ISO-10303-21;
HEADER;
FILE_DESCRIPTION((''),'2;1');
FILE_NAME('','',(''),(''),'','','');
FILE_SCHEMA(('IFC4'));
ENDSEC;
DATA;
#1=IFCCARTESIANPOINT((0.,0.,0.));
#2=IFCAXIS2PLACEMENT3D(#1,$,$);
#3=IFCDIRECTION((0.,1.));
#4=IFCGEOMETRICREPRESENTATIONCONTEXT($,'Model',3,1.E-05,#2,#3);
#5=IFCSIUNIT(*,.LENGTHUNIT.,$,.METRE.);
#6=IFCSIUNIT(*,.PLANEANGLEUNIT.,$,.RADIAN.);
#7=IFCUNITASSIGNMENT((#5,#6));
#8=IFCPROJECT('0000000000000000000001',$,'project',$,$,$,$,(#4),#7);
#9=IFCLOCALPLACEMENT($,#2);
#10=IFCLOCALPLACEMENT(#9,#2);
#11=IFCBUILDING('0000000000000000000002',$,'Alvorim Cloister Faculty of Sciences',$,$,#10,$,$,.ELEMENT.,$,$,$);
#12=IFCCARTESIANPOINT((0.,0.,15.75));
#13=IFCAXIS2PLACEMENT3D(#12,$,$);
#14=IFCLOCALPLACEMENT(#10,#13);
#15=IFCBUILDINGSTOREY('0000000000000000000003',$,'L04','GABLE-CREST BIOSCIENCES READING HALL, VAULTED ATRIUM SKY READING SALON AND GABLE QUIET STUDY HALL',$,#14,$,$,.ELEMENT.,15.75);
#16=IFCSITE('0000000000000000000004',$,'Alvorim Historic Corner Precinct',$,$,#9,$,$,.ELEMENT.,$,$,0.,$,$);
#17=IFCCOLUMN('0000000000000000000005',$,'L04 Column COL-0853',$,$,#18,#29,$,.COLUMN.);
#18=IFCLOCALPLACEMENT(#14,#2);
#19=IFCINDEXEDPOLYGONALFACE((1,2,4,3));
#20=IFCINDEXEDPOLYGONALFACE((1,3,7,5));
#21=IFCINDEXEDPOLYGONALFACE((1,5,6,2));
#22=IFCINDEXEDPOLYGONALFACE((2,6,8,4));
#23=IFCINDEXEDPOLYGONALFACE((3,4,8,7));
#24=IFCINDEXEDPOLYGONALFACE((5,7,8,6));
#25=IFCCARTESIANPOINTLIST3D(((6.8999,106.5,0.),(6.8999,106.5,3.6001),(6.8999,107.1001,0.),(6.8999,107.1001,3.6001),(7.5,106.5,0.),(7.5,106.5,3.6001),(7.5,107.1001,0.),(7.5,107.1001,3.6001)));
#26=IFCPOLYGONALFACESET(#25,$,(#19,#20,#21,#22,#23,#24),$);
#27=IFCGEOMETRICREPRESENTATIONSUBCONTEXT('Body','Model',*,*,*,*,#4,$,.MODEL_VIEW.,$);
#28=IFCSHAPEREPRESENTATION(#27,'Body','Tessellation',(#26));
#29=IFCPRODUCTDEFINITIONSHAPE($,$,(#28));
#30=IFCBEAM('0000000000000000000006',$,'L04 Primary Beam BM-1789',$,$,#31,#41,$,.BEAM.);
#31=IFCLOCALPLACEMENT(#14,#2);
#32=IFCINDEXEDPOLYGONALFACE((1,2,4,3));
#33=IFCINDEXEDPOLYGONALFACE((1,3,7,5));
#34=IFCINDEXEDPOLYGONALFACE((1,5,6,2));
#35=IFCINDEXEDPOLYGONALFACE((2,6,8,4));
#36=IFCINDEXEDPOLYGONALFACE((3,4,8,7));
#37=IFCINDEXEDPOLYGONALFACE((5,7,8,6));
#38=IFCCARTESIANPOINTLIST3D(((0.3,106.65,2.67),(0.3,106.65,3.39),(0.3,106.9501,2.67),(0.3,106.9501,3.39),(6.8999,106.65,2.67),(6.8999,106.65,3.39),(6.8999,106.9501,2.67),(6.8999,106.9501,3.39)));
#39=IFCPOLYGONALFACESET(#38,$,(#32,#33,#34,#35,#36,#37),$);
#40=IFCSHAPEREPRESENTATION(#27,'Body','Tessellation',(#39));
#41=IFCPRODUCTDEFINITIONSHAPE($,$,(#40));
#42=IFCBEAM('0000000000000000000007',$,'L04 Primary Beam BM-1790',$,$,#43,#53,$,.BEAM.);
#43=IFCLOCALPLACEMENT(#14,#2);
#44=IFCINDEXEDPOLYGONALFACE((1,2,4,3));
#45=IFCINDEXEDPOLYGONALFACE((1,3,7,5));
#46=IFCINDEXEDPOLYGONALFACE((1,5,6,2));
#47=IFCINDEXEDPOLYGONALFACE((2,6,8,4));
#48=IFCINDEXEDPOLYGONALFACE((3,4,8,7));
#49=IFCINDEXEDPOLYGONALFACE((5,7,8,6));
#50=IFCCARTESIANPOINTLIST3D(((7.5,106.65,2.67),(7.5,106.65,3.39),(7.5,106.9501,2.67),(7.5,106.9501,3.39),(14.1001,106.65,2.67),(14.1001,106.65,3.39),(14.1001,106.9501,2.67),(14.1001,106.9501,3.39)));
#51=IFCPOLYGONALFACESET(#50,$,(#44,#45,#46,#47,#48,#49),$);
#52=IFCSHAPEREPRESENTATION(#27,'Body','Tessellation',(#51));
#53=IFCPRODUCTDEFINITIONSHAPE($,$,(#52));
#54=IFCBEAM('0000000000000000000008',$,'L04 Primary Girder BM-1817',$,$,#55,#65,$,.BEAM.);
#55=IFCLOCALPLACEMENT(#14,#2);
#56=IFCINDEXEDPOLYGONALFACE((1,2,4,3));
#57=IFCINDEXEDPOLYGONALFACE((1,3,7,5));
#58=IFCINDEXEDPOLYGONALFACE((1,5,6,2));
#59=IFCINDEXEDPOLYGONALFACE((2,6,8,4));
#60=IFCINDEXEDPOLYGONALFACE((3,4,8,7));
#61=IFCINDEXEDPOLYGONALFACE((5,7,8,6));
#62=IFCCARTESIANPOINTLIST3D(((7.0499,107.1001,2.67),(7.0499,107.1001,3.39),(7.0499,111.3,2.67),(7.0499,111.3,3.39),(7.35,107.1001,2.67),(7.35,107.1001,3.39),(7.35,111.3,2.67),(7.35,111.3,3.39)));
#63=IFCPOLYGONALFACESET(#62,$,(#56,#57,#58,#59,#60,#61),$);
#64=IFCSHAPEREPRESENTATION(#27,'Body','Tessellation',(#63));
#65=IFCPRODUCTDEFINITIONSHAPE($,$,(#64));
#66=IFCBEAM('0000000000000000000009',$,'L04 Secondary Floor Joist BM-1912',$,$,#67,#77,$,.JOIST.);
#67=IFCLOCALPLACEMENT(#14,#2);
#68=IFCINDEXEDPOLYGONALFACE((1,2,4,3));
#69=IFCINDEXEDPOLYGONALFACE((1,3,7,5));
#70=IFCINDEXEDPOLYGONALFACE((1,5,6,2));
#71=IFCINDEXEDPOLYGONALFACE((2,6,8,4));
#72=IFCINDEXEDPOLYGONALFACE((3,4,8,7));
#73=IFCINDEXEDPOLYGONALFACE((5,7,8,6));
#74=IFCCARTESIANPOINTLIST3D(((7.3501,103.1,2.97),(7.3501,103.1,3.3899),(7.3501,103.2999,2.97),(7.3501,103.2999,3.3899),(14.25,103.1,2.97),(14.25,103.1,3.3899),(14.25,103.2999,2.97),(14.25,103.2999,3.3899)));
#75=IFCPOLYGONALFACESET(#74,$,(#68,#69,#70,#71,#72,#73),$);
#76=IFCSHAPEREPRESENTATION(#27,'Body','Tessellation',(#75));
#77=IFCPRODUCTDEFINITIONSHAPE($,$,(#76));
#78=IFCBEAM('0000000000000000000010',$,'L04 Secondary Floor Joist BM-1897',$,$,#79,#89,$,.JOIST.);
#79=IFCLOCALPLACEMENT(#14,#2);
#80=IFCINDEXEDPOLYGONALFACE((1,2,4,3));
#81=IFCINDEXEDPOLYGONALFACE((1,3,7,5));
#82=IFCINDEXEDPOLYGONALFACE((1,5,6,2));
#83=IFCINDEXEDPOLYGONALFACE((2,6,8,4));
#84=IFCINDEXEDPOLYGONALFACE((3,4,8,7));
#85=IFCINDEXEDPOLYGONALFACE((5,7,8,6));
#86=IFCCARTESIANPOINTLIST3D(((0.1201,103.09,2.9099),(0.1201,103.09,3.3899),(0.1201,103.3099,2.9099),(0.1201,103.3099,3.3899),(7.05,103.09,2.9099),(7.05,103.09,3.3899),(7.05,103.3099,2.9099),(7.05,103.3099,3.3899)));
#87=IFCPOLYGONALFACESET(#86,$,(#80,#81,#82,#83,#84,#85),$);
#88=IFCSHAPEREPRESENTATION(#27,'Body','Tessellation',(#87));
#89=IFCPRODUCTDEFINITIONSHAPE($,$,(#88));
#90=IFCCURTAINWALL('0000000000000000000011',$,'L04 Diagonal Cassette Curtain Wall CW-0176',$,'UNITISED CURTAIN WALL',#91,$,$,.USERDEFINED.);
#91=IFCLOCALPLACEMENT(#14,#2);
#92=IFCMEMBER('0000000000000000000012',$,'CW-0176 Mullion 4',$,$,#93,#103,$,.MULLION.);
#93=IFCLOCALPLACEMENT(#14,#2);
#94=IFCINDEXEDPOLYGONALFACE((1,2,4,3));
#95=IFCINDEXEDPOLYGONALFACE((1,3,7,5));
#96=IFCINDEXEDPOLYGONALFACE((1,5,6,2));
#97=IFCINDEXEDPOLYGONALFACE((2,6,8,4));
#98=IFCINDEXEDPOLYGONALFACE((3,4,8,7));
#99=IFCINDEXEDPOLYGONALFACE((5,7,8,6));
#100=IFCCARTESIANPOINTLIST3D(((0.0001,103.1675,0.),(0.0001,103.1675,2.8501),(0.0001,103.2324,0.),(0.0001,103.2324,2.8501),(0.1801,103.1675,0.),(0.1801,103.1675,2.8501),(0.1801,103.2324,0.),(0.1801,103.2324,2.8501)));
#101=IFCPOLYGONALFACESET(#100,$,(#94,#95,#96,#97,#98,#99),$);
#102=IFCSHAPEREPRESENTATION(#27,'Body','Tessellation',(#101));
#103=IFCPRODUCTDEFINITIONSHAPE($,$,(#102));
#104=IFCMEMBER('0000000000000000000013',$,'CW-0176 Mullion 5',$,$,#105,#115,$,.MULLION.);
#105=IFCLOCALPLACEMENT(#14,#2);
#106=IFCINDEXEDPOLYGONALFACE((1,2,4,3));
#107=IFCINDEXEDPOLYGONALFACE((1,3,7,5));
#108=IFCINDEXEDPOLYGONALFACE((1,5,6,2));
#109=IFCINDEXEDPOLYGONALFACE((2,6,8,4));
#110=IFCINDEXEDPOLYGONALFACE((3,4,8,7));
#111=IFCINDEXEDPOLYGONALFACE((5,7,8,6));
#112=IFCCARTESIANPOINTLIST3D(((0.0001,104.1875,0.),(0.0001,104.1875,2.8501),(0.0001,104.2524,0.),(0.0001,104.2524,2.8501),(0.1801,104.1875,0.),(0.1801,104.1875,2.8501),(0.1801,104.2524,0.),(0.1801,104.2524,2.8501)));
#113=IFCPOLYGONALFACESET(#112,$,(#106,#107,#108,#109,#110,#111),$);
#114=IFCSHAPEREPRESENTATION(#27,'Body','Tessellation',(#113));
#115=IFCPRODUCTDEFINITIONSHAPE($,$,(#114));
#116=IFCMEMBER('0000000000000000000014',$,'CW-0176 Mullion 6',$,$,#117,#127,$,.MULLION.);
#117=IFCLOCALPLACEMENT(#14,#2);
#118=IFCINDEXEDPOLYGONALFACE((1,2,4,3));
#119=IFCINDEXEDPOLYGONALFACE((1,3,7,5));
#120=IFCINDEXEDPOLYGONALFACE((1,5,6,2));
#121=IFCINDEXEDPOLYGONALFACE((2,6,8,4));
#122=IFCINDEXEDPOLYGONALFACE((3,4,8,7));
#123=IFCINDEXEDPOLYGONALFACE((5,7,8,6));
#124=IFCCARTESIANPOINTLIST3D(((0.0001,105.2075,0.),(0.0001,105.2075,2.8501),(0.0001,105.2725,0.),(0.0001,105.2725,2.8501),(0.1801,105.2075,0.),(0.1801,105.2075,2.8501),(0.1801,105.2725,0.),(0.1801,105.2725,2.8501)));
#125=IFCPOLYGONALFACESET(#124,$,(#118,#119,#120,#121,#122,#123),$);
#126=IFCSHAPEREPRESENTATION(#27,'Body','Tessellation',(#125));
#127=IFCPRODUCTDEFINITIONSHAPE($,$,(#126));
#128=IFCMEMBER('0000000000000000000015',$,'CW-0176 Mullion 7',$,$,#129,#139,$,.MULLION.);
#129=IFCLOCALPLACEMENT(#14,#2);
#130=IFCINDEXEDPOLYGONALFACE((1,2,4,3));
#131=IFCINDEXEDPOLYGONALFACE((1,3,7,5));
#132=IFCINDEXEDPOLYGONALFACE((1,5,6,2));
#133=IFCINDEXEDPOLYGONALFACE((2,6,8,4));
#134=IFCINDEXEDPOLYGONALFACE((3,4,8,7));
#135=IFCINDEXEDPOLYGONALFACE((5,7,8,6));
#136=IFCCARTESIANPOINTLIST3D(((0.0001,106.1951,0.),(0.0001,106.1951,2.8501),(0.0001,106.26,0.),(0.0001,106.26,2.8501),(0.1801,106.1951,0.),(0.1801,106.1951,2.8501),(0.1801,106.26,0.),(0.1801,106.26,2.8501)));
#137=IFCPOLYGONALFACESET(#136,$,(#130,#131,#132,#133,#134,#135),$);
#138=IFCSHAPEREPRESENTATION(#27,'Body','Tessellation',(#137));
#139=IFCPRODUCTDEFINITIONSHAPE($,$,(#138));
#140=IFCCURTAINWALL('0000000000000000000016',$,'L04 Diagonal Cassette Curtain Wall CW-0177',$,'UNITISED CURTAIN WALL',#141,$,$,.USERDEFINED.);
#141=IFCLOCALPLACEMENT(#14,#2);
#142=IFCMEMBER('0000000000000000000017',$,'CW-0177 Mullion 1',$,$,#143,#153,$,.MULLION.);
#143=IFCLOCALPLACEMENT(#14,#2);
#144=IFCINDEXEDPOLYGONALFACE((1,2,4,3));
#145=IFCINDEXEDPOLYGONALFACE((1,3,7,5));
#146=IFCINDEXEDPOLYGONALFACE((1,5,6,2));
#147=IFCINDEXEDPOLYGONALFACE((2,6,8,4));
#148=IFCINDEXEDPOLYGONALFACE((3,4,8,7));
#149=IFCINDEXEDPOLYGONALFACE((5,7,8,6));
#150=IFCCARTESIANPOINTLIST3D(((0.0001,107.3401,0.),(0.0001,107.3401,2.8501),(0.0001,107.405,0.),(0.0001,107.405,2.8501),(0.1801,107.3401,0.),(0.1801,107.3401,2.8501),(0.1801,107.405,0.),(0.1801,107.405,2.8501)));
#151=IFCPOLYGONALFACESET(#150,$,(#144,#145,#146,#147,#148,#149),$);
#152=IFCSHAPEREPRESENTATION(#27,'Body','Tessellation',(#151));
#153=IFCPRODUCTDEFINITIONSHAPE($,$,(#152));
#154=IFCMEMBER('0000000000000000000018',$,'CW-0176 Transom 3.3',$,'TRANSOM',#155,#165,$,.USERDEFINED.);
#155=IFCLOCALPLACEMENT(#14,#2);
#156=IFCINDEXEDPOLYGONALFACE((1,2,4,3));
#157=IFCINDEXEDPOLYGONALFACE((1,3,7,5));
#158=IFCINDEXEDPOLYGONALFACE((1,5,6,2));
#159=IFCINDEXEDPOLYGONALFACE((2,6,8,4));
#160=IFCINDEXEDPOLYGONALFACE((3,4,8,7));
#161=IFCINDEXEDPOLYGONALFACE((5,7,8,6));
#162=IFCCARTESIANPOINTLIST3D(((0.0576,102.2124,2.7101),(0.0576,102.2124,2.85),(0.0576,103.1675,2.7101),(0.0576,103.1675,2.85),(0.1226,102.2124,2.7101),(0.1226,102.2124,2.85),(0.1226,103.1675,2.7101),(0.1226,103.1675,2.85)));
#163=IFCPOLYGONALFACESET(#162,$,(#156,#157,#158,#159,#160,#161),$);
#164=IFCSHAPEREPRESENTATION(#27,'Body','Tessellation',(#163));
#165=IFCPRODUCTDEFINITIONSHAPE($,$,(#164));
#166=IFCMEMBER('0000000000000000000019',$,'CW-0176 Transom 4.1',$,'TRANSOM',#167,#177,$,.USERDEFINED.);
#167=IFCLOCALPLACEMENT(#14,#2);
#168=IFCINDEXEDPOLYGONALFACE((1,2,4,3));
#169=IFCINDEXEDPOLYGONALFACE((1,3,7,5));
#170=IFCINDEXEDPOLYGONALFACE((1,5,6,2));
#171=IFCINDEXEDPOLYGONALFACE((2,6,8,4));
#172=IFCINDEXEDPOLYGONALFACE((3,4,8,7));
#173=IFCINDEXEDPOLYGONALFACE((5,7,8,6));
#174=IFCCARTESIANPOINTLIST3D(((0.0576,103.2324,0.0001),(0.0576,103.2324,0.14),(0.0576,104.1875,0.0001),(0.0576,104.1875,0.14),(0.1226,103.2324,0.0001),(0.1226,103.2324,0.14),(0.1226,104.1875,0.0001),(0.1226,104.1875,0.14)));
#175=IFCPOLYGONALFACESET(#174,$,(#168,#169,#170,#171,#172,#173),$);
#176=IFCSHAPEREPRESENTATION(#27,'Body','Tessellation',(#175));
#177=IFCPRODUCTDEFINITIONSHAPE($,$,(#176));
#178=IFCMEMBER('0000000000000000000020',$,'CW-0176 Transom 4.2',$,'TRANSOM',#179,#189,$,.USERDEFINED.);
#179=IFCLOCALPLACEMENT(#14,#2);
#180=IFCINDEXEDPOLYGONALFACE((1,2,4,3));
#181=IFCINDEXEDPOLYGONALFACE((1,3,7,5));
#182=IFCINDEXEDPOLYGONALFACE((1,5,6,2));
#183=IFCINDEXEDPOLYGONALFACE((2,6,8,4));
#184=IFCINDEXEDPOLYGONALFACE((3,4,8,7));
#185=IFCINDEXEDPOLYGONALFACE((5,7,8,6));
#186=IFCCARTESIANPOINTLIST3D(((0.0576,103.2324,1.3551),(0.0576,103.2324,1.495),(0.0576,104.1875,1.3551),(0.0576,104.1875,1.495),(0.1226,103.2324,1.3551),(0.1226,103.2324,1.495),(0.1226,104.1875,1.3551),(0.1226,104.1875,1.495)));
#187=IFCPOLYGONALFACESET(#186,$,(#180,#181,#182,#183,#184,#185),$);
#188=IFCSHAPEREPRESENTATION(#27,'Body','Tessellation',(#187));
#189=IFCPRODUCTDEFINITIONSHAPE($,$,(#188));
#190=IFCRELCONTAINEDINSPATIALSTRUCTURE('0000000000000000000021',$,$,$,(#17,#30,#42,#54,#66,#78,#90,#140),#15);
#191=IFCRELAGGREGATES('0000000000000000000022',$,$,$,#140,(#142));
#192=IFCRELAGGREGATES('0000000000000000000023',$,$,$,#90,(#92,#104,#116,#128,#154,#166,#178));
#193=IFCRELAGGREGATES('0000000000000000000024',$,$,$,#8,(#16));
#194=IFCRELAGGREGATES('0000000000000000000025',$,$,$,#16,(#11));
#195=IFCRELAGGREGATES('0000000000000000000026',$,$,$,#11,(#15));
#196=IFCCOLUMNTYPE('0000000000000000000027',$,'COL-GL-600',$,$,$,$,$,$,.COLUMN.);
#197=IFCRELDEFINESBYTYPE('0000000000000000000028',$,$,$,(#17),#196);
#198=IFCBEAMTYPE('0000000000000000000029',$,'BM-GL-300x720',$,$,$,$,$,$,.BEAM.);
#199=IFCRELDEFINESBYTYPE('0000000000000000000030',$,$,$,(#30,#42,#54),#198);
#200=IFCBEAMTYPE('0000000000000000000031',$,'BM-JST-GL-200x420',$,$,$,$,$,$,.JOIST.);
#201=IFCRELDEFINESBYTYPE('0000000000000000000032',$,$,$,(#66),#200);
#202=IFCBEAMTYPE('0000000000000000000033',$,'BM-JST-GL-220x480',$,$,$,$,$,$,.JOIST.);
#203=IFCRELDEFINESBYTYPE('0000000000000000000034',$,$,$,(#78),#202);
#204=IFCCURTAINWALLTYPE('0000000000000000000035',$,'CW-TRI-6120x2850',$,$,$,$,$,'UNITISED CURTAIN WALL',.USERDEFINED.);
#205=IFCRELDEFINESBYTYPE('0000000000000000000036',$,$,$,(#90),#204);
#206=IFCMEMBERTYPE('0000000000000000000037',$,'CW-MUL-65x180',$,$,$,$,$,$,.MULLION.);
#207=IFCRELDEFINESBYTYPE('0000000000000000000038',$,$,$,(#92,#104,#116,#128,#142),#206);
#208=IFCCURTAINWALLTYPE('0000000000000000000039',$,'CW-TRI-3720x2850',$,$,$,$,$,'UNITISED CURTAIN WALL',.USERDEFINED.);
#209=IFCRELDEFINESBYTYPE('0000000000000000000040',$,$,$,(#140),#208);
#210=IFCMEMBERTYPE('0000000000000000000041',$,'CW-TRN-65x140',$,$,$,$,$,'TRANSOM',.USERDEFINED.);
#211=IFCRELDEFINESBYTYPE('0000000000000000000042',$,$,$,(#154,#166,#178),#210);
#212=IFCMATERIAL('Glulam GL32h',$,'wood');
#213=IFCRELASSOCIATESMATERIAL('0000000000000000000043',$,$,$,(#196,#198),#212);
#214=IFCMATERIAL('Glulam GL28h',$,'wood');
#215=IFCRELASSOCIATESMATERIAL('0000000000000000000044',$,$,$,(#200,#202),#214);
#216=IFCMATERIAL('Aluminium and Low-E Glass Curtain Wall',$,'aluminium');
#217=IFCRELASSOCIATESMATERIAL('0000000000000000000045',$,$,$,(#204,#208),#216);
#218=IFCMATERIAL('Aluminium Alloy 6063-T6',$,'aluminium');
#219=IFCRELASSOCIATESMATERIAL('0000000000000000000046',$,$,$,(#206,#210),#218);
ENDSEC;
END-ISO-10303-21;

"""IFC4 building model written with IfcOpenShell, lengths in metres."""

from ifc_helpers import new_model, si_unit, direction, frame, origin, origin_2d, place, context, subcontext, project, spatial, rectangle, extrude, material, material_profile, profile_set, type_object, element, aggregate, save


model = new_model("IFC4")

# Units and contexts
model_context = context("Model", 3, precision=1e-05, world=origin(), true_north=direction((0.0, 1.0)))
body_context = subcontext(model_context, "Body", "Model", "MODEL_VIEW")
ifc_project = project(units=[si_unit("LENGTHUNIT", "METRE"), si_unit("PLANEANGLEUNIT", "RADIAN")], contexts=[model_context])

# Site, building, storey
site_placement = place(None, origin())
site = spatial("IfcSite", under=ifc_project, at=site_placement, Name="Alvorim Historic Corner Precinct", CompositionType="ELEMENT", RefElevation=0.0)
building_placement = place(site_placement, origin())
building = spatial("IfcBuilding", under=site, at=building_placement, Name="Alvorim Cloister Faculty of Sciences", CompositionType="ELEMENT")
storey_placement = place(building_placement, frame((0.0, 0.0, 15.75)))
storey = spatial("IfcBuildingStorey", under=building, at=storey_placement, Name="L04", Description="GABLE-CREST BIOSCIENCES READING HALL, VAULTED ATRIUM SKY READING SALON AND GABLE QUIET STUDY HALL", CompositionType="ELEMENT", Elevation=15.75)

# Column
ifc_material_1 = material(Name="Glulam GL32h", Category="wood")
ifc_material_profile_1 = material_profile(ifc_material_1, rectangle(XDim=0.6001, YDim=0.6001, at=origin_2d()), Name="GL32-COL-600x600")
ifc_profile_set_1 = profile_set([ifc_material_profile_1], Name="Glulam GL32h")
column_type = type_object("IfcColumnType", Name="COL-GL-600", PredefinedType="COLUMN", material=ifc_profile_set_1)
column_placement = place(storey_placement, frame((7.2, 106.8, 0.0), z_axis=(0.0, 0.0, 1.0), x_axis=(1.0, 0.0, 0.0)))
element("IfcColumn", 1, at=column_placement, inside=storey, type_object=column_type, Name="L04 Column COL-0853", PredefinedType="COLUMN", context=body_context, shape_type="SweptSolid", body=[
    extrude(rectangle(XDim=0.6001, YDim=0.6001, at=origin_2d()), origin(), (0.0, 0.0, 1.0), 3.6001),
])

# Beams
ifc_material_profile_2 = material_profile(ifc_material_1, rectangle(XDim=0.3, YDim=0.72, at=origin_2d()), Name="GL32-BM-300x720")
ifc_profile_set_2 = profile_set([ifc_material_profile_2], Name="Glulam GL32h")
beam_type_1 = type_object("IfcBeamType", Name="BM-GL-300x720", PredefinedType="BEAM", material=ifc_profile_set_2)
beam_1_placement = place(storey_placement, frame((0.3, 106.8, 3.03), z_axis=(1.0, 0.0, 0.0), x_axis=(0.0, 1.0, 0.0)))
element("IfcBeam", 2, at=beam_1_placement, inside=storey, type_object=beam_type_1, Name="L04 Primary Beam BM-1789", PredefinedType="BEAM", context=body_context, shape_type="SweptSolid", body=[
    extrude(rectangle(XDim=0.3, YDim=0.72, at=origin_2d()), origin(), (0.0, 0.0, 1.0), 6.5999),
])
beam_2_placement = place(storey_placement, frame((7.5, 106.8, 3.03), z_axis=(1.0, 0.0, 0.0), x_axis=(0.0, 1.0, 0.0)))
element("IfcBeam", 3, at=beam_2_placement, inside=storey, type_object=beam_type_1, Name="L04 Primary Beam BM-1790", PredefinedType="BEAM", context=body_context, shape_type="SweptSolid", body=[
    extrude(rectangle(XDim=0.3, YDim=0.72, at=origin_2d()), origin(), (0.0, 0.0, 1.0), 6.6001),
])
beam_3_placement = place(storey_placement, frame((7.2, 107.1001, 3.03), z_axis=(0.0, 1.0, 0.0), x_axis=(-1.0, 0.0, 0.0)))
element("IfcBeam", 4, at=beam_3_placement, inside=storey, type_object=beam_type_1, Name="L04 Primary Girder BM-1817", PredefinedType="BEAM", context=body_context, shape_type="SweptSolid", body=[
    extrude(rectangle(XDim=0.3, YDim=0.72, at=origin_2d()), origin(), (0.0, 0.0, 1.0), 4.2),
])
ifc_material_2 = material(Name="Glulam GL28h", Category="wood")
ifc_material_profile_3 = material_profile(ifc_material_2, rectangle(XDim=0.2, YDim=0.4199, at=origin_2d()), Name="GL28-JST-200x420")
ifc_profile_set_3 = profile_set([ifc_material_profile_3], Name="Glulam GL28h")
beam_type_2 = type_object("IfcBeamType", Name="BM-JST-GL-200x420", PredefinedType="JOIST", material=ifc_profile_set_3)
beam_4_placement = place(storey_placement, frame((7.3501, 103.2, 3.1799), z_axis=(1.0, 0.0, 0.0), x_axis=(0.0, 1.0, 0.0)))
element("IfcBeam", 5, at=beam_4_placement, inside=storey, type_object=beam_type_2, Name="L04 Secondary Floor Joist BM-1912", PredefinedType="JOIST", context=body_context, shape_type="SweptSolid", body=[
    extrude(rectangle(XDim=0.2, YDim=0.4199, at=origin_2d()), origin(), (0.0, 0.0, 1.0), 6.8999),
])
ifc_material_profile_4 = material_profile(ifc_material_2, rectangle(XDim=0.22, YDim=0.48, at=origin_2d()), Name="GL28-JST-220x480")
ifc_profile_set_4 = profile_set([ifc_material_profile_4], Name="Glulam GL28h")
beam_type_3 = type_object("IfcBeamType", Name="BM-JST-GL-220x480", PredefinedType="JOIST", material=ifc_profile_set_4)
beam_5_placement = place(storey_placement, frame((0.1201, 103.2, 3.1499), z_axis=(1.0, 0.0, 0.0), x_axis=(0.0, 1.0, 0.0)))
element("IfcBeam", 6, at=beam_5_placement, inside=storey, type_object=beam_type_3, Name="L04 Secondary Floor Joist BM-1897", PredefinedType="JOIST", context=body_context, shape_type="SweptSolid", body=[
    extrude(rectangle(XDim=0.22, YDim=0.48, at=origin_2d()), origin(), (0.0, 0.0, 1.0), 6.9299),
])

# Curtain wall, members
ifc_material_3 = material(Name="Aluminium and Low-E Glass Curtain Wall", Category="aluminium")
curtain_wall_type_1 = type_object("IfcCurtainWallType", Name="CW-TRI-6120x2850", ElementType="UNITISED CURTAIN WALL", PredefinedType="USERDEFINED", material=ifc_material_3)
curtain_wall_1_placement = place(storey_placement, origin())
curtain_wall_1 = element("IfcCurtainWall", 7, at=curtain_wall_1_placement, inside=storey, type_object=curtain_wall_type_1, Name="L04 Diagonal Cassette Curtain Wall CW-0176", ObjectType="UNITISED CURTAIN WALL", PredefinedType="USERDEFINED")
ifc_material_4 = material(Name="Aluminium Alloy 6063-T6", Category="aluminium")
ifc_material_profile_5 = material_profile(ifc_material_4, rectangle(XDim=0.0649, YDim=0.1799, at=origin_2d()), Name="ALU-MUL-65x180")
ifc_profile_set_5 = profile_set([ifc_material_profile_5], Name="Aluminium Alloy 6063-T6")
member_type_1 = type_object("IfcMemberType", Name="CW-MUL-65x180", PredefinedType="MULLION", material=ifc_profile_set_5)
member_1_placement = place(storey_placement, frame((0.0901, 103.2, 0.0), z_axis=(0.0, 0.0, 1.0), x_axis=(0.0, 1.0, 0.0)))
member_1 = element("IfcMember", 8, at=member_1_placement, type_object=member_type_1, Name="CW-0176 Mullion 4", PredefinedType="MULLION", context=body_context, shape_type="SweptSolid", body=[
    extrude(rectangle(XDim=0.0649, YDim=0.1799, at=origin_2d()), origin(), (0.0, 0.0, 1.0), 2.8501),
])
member_2_placement = place(storey_placement, frame((0.0901, 104.22, 0.0), z_axis=(0.0, 0.0, 1.0), x_axis=(0.0, 1.0, 0.0)))
member_2 = element("IfcMember", 9, at=member_2_placement, type_object=member_type_1, Name="CW-0176 Mullion 5", PredefinedType="MULLION", context=body_context, shape_type="SweptSolid", body=[
    extrude(rectangle(XDim=0.0649, YDim=0.1799, at=origin_2d()), origin(), (0.0, 0.0, 1.0), 2.8501),
])
member_3_placement = place(storey_placement, frame((0.0901, 105.24, 0.0), z_axis=(0.0, 0.0, 1.0), x_axis=(0.0, 1.0, 0.0)))
member_3 = element("IfcMember", 10, at=member_3_placement, type_object=member_type_1, Name="CW-0176 Mullion 6", PredefinedType="MULLION", context=body_context, shape_type="SweptSolid", body=[
    extrude(rectangle(XDim=0.0649, YDim=0.1799, at=origin_2d()), origin(), (0.0, 0.0, 1.0), 2.8501),
])
member_4_placement = place(storey_placement, frame((0.0901, 106.2275, 0.0), z_axis=(0.0, 0.0, 1.0), x_axis=(0.0, 1.0, 0.0)))
member_4 = element("IfcMember", 11, at=member_4_placement, type_object=member_type_1, Name="CW-0176 Mullion 7", PredefinedType="MULLION", context=body_context, shape_type="SweptSolid", body=[
    extrude(rectangle(XDim=0.0649, YDim=0.1799, at=origin_2d()), origin(), (0.0, 0.0, 1.0), 2.8501),
])

# Curtain wall, member
curtain_wall_type_2 = type_object("IfcCurtainWallType", Name="CW-TRI-3720x2850", ElementType="UNITISED CURTAIN WALL", PredefinedType="USERDEFINED", material=ifc_material_3)
curtain_wall_2_placement = place(storey_placement, origin())
curtain_wall_2 = element("IfcCurtainWall", 12, at=curtain_wall_2_placement, inside=storey, type_object=curtain_wall_type_2, Name="L04 Diagonal Cassette Curtain Wall CW-0177", ObjectType="UNITISED CURTAIN WALL", PredefinedType="USERDEFINED")
member_5_placement = place(storey_placement, frame((0.0901, 107.3726, 0.0), z_axis=(0.0, 0.0, 1.0), x_axis=(0.0, 1.0, 0.0)))
member_5 = element("IfcMember", 13, at=member_5_placement, type_object=member_type_1, Name="CW-0177 Mullion 1", PredefinedType="MULLION", context=body_context, shape_type="SweptSolid", body=[
    extrude(rectangle(XDim=0.0649, YDim=0.1799, at=origin_2d()), origin(), (0.0, 0.0, 1.0), 2.8501),
])
aggregate(curtain_wall_2, [member_5])

# Members
ifc_material_profile_6 = material_profile(ifc_material_4, rectangle(XDim=0.0649, YDim=0.1399, at=origin_2d()), Name="ALU-TRN-65x140")
ifc_profile_set_6 = profile_set([ifc_material_profile_6], Name="Aluminium Alloy 6063-T6")
member_type_2 = type_object("IfcMemberType", Name="CW-TRN-65x140", ElementType="TRANSOM", PredefinedType="USERDEFINED", material=ifc_profile_set_6)
member_6_placement = place(storey_placement, frame((0.0901, 102.2124, 2.78), z_axis=(0.0, 1.0, 0.0), x_axis=(-1.0, 0.0, 0.0)))
member_6 = element("IfcMember", 14, at=member_6_placement, type_object=member_type_2, Name="CW-0176 Transom 3.3", ObjectType="TRANSOM", PredefinedType="USERDEFINED", context=body_context, shape_type="SweptSolid", body=[
    extrude(rectangle(XDim=0.0649, YDim=0.1399, at=origin_2d()), origin(), (0.0, 0.0, 1.0), 0.9551),
])
member_7_placement = place(storey_placement, frame((0.0901, 103.2324, 0.0701), z_axis=(0.0, 1.0, 0.0), x_axis=(-1.0, 0.0, 0.0)))
member_7 = element("IfcMember", 15, at=member_7_placement, type_object=member_type_2, Name="CW-0176 Transom 4.1", ObjectType="TRANSOM", PredefinedType="USERDEFINED", context=body_context, shape_type="SweptSolid", body=[
    extrude(rectangle(XDim=0.0649, YDim=0.1399, at=origin_2d()), origin(), (0.0, 0.0, 1.0), 0.9551),
])
member_8_placement = place(storey_placement, frame((0.0901, 103.2324, 1.425), z_axis=(0.0, 1.0, 0.0), x_axis=(-1.0, 0.0, 0.0)))
member_8 = element("IfcMember", 16, at=member_8_placement, type_object=member_type_2, Name="CW-0176 Transom 4.2", ObjectType="TRANSOM", PredefinedType="USERDEFINED", context=body_context, shape_type="SweptSolid", body=[
    extrude(rectangle(XDim=0.0649, YDim=0.1399, at=origin_2d()), origin(), (0.0, 0.0, 1.0), 0.9551),
])
aggregate(curtain_wall_1, [member_1, member_2, member_3, member_4, member_6, member_7, member_8])

save(model, "model.ifc")
